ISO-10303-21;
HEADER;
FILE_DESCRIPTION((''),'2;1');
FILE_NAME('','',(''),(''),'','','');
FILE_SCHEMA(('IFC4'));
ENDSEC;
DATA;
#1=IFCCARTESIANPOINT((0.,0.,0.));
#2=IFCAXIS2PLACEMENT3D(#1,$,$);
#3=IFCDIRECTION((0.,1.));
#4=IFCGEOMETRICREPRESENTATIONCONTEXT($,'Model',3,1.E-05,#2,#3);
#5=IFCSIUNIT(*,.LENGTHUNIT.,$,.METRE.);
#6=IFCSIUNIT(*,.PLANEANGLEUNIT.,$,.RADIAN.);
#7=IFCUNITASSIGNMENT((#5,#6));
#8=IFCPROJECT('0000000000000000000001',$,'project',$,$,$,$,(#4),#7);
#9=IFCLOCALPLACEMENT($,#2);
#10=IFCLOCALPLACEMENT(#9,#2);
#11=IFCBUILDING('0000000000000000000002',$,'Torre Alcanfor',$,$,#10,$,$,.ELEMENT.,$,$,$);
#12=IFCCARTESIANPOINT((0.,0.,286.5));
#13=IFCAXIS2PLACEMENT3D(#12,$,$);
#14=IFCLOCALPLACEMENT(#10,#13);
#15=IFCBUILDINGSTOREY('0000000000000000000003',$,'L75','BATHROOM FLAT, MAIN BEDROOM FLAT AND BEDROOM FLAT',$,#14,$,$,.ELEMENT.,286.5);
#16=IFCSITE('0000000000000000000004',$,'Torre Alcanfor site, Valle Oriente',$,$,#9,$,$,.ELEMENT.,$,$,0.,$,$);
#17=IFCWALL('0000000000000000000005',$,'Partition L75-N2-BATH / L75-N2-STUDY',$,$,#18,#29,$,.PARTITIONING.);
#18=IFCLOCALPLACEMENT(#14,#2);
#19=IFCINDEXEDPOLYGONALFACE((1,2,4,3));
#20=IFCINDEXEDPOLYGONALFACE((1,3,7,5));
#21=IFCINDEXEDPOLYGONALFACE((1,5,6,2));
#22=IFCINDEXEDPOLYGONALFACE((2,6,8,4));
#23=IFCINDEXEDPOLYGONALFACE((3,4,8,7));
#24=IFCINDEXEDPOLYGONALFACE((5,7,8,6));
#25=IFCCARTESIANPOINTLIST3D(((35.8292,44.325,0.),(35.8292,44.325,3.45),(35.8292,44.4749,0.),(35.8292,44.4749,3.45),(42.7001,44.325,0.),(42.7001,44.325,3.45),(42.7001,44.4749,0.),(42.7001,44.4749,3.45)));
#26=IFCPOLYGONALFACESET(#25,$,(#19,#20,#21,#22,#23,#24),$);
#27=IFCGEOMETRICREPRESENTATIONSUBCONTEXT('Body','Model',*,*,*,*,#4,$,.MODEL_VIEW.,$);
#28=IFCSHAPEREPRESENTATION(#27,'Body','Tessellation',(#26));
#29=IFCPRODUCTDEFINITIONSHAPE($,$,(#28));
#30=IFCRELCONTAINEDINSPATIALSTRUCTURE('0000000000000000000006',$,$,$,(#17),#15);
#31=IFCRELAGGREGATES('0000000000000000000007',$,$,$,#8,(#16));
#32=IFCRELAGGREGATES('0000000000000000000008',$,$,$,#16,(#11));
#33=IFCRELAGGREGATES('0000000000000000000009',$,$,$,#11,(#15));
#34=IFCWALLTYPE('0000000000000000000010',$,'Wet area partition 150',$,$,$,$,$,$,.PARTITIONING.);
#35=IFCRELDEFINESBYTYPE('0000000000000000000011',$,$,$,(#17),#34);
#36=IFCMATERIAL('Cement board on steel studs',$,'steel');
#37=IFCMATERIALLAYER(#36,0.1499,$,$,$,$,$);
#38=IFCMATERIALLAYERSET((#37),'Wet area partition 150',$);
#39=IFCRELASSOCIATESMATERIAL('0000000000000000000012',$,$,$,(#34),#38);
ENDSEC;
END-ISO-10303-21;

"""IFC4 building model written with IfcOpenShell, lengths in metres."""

from ifc_helpers import new_model, si_unit, direction, frame, frame_2d, origin, place, context, subcontext, project, spatial, rectangle, extrude, material, layer, layer_set, type_object, element, save


model = new_model("IFC4")

# Units and contexts
model_context = context("Model", 3, precision=1e-05, world=origin(), true_north=direction((0.0, 1.0)))
body_context = subcontext(model_context, "Body", "Model", "MODEL_VIEW")
ifc_project = project(units=[si_unit("LENGTHUNIT", "METRE"), si_unit("PLANEANGLEUNIT", "RADIAN")], contexts=[model_context])

# Site, building, storey
site_placement = place(None, origin())
site = spatial("IfcSite", under=ifc_project, at=site_placement, Name="Torre Alcanfor site, Valle Oriente", CompositionType="ELEMENT", RefElevation=0.0)
building_placement = place(site_placement, origin())
building = spatial("IfcBuilding", under=site, at=building_placement, Name="Torre Alcanfor", CompositionType="ELEMENT")
storey_placement = place(building_placement, frame((0.0, 0.0, 286.5)))
storey = spatial("IfcBuildingStorey", under=building, at=storey_placement, Name="L75", Description="BATHROOM FLAT, MAIN BEDROOM FLAT AND BEDROOM FLAT", CompositionType="ELEMENT", Elevation=286.5)

# Shared definitions
ifc_material_1 = material(Name="Cement board on steel studs", Category="steel")
ifc_layer_1 = layer(ifc_material_1, 0.1499)
ifc_layer_set_1 = layer_set([ifc_layer_1], Name="Wet area partition 150")
wall_type_1 = type_object("IfcWallType", Name="Wet area partition 150", PredefinedType="PARTITIONING", material=ifc_layer_set_1)

# Wall
wall_1_placement = place(storey_placement, frame((35.8291, 44.3999, 0.0), z_axis=(0.0, 0.0, 1.0), x_axis=(1.0, 0.0, 0.0)))
element("IfcWall", 1, at=wall_1_placement, inside=storey, type_object=wall_type_1, Name="Partition L75-N2-BATH / L75-N2-STUDY", PredefinedType="PARTITIONING", context=body_context, shape_type="SweptSolid", body=[
    extrude(rectangle(XDim=6.8708, YDim=0.1499, at=frame_2d((3.4355, 0.0))), origin(), (0.0, 0.0, 1.0), 3.45),
])

save(model, "model.ifc")
